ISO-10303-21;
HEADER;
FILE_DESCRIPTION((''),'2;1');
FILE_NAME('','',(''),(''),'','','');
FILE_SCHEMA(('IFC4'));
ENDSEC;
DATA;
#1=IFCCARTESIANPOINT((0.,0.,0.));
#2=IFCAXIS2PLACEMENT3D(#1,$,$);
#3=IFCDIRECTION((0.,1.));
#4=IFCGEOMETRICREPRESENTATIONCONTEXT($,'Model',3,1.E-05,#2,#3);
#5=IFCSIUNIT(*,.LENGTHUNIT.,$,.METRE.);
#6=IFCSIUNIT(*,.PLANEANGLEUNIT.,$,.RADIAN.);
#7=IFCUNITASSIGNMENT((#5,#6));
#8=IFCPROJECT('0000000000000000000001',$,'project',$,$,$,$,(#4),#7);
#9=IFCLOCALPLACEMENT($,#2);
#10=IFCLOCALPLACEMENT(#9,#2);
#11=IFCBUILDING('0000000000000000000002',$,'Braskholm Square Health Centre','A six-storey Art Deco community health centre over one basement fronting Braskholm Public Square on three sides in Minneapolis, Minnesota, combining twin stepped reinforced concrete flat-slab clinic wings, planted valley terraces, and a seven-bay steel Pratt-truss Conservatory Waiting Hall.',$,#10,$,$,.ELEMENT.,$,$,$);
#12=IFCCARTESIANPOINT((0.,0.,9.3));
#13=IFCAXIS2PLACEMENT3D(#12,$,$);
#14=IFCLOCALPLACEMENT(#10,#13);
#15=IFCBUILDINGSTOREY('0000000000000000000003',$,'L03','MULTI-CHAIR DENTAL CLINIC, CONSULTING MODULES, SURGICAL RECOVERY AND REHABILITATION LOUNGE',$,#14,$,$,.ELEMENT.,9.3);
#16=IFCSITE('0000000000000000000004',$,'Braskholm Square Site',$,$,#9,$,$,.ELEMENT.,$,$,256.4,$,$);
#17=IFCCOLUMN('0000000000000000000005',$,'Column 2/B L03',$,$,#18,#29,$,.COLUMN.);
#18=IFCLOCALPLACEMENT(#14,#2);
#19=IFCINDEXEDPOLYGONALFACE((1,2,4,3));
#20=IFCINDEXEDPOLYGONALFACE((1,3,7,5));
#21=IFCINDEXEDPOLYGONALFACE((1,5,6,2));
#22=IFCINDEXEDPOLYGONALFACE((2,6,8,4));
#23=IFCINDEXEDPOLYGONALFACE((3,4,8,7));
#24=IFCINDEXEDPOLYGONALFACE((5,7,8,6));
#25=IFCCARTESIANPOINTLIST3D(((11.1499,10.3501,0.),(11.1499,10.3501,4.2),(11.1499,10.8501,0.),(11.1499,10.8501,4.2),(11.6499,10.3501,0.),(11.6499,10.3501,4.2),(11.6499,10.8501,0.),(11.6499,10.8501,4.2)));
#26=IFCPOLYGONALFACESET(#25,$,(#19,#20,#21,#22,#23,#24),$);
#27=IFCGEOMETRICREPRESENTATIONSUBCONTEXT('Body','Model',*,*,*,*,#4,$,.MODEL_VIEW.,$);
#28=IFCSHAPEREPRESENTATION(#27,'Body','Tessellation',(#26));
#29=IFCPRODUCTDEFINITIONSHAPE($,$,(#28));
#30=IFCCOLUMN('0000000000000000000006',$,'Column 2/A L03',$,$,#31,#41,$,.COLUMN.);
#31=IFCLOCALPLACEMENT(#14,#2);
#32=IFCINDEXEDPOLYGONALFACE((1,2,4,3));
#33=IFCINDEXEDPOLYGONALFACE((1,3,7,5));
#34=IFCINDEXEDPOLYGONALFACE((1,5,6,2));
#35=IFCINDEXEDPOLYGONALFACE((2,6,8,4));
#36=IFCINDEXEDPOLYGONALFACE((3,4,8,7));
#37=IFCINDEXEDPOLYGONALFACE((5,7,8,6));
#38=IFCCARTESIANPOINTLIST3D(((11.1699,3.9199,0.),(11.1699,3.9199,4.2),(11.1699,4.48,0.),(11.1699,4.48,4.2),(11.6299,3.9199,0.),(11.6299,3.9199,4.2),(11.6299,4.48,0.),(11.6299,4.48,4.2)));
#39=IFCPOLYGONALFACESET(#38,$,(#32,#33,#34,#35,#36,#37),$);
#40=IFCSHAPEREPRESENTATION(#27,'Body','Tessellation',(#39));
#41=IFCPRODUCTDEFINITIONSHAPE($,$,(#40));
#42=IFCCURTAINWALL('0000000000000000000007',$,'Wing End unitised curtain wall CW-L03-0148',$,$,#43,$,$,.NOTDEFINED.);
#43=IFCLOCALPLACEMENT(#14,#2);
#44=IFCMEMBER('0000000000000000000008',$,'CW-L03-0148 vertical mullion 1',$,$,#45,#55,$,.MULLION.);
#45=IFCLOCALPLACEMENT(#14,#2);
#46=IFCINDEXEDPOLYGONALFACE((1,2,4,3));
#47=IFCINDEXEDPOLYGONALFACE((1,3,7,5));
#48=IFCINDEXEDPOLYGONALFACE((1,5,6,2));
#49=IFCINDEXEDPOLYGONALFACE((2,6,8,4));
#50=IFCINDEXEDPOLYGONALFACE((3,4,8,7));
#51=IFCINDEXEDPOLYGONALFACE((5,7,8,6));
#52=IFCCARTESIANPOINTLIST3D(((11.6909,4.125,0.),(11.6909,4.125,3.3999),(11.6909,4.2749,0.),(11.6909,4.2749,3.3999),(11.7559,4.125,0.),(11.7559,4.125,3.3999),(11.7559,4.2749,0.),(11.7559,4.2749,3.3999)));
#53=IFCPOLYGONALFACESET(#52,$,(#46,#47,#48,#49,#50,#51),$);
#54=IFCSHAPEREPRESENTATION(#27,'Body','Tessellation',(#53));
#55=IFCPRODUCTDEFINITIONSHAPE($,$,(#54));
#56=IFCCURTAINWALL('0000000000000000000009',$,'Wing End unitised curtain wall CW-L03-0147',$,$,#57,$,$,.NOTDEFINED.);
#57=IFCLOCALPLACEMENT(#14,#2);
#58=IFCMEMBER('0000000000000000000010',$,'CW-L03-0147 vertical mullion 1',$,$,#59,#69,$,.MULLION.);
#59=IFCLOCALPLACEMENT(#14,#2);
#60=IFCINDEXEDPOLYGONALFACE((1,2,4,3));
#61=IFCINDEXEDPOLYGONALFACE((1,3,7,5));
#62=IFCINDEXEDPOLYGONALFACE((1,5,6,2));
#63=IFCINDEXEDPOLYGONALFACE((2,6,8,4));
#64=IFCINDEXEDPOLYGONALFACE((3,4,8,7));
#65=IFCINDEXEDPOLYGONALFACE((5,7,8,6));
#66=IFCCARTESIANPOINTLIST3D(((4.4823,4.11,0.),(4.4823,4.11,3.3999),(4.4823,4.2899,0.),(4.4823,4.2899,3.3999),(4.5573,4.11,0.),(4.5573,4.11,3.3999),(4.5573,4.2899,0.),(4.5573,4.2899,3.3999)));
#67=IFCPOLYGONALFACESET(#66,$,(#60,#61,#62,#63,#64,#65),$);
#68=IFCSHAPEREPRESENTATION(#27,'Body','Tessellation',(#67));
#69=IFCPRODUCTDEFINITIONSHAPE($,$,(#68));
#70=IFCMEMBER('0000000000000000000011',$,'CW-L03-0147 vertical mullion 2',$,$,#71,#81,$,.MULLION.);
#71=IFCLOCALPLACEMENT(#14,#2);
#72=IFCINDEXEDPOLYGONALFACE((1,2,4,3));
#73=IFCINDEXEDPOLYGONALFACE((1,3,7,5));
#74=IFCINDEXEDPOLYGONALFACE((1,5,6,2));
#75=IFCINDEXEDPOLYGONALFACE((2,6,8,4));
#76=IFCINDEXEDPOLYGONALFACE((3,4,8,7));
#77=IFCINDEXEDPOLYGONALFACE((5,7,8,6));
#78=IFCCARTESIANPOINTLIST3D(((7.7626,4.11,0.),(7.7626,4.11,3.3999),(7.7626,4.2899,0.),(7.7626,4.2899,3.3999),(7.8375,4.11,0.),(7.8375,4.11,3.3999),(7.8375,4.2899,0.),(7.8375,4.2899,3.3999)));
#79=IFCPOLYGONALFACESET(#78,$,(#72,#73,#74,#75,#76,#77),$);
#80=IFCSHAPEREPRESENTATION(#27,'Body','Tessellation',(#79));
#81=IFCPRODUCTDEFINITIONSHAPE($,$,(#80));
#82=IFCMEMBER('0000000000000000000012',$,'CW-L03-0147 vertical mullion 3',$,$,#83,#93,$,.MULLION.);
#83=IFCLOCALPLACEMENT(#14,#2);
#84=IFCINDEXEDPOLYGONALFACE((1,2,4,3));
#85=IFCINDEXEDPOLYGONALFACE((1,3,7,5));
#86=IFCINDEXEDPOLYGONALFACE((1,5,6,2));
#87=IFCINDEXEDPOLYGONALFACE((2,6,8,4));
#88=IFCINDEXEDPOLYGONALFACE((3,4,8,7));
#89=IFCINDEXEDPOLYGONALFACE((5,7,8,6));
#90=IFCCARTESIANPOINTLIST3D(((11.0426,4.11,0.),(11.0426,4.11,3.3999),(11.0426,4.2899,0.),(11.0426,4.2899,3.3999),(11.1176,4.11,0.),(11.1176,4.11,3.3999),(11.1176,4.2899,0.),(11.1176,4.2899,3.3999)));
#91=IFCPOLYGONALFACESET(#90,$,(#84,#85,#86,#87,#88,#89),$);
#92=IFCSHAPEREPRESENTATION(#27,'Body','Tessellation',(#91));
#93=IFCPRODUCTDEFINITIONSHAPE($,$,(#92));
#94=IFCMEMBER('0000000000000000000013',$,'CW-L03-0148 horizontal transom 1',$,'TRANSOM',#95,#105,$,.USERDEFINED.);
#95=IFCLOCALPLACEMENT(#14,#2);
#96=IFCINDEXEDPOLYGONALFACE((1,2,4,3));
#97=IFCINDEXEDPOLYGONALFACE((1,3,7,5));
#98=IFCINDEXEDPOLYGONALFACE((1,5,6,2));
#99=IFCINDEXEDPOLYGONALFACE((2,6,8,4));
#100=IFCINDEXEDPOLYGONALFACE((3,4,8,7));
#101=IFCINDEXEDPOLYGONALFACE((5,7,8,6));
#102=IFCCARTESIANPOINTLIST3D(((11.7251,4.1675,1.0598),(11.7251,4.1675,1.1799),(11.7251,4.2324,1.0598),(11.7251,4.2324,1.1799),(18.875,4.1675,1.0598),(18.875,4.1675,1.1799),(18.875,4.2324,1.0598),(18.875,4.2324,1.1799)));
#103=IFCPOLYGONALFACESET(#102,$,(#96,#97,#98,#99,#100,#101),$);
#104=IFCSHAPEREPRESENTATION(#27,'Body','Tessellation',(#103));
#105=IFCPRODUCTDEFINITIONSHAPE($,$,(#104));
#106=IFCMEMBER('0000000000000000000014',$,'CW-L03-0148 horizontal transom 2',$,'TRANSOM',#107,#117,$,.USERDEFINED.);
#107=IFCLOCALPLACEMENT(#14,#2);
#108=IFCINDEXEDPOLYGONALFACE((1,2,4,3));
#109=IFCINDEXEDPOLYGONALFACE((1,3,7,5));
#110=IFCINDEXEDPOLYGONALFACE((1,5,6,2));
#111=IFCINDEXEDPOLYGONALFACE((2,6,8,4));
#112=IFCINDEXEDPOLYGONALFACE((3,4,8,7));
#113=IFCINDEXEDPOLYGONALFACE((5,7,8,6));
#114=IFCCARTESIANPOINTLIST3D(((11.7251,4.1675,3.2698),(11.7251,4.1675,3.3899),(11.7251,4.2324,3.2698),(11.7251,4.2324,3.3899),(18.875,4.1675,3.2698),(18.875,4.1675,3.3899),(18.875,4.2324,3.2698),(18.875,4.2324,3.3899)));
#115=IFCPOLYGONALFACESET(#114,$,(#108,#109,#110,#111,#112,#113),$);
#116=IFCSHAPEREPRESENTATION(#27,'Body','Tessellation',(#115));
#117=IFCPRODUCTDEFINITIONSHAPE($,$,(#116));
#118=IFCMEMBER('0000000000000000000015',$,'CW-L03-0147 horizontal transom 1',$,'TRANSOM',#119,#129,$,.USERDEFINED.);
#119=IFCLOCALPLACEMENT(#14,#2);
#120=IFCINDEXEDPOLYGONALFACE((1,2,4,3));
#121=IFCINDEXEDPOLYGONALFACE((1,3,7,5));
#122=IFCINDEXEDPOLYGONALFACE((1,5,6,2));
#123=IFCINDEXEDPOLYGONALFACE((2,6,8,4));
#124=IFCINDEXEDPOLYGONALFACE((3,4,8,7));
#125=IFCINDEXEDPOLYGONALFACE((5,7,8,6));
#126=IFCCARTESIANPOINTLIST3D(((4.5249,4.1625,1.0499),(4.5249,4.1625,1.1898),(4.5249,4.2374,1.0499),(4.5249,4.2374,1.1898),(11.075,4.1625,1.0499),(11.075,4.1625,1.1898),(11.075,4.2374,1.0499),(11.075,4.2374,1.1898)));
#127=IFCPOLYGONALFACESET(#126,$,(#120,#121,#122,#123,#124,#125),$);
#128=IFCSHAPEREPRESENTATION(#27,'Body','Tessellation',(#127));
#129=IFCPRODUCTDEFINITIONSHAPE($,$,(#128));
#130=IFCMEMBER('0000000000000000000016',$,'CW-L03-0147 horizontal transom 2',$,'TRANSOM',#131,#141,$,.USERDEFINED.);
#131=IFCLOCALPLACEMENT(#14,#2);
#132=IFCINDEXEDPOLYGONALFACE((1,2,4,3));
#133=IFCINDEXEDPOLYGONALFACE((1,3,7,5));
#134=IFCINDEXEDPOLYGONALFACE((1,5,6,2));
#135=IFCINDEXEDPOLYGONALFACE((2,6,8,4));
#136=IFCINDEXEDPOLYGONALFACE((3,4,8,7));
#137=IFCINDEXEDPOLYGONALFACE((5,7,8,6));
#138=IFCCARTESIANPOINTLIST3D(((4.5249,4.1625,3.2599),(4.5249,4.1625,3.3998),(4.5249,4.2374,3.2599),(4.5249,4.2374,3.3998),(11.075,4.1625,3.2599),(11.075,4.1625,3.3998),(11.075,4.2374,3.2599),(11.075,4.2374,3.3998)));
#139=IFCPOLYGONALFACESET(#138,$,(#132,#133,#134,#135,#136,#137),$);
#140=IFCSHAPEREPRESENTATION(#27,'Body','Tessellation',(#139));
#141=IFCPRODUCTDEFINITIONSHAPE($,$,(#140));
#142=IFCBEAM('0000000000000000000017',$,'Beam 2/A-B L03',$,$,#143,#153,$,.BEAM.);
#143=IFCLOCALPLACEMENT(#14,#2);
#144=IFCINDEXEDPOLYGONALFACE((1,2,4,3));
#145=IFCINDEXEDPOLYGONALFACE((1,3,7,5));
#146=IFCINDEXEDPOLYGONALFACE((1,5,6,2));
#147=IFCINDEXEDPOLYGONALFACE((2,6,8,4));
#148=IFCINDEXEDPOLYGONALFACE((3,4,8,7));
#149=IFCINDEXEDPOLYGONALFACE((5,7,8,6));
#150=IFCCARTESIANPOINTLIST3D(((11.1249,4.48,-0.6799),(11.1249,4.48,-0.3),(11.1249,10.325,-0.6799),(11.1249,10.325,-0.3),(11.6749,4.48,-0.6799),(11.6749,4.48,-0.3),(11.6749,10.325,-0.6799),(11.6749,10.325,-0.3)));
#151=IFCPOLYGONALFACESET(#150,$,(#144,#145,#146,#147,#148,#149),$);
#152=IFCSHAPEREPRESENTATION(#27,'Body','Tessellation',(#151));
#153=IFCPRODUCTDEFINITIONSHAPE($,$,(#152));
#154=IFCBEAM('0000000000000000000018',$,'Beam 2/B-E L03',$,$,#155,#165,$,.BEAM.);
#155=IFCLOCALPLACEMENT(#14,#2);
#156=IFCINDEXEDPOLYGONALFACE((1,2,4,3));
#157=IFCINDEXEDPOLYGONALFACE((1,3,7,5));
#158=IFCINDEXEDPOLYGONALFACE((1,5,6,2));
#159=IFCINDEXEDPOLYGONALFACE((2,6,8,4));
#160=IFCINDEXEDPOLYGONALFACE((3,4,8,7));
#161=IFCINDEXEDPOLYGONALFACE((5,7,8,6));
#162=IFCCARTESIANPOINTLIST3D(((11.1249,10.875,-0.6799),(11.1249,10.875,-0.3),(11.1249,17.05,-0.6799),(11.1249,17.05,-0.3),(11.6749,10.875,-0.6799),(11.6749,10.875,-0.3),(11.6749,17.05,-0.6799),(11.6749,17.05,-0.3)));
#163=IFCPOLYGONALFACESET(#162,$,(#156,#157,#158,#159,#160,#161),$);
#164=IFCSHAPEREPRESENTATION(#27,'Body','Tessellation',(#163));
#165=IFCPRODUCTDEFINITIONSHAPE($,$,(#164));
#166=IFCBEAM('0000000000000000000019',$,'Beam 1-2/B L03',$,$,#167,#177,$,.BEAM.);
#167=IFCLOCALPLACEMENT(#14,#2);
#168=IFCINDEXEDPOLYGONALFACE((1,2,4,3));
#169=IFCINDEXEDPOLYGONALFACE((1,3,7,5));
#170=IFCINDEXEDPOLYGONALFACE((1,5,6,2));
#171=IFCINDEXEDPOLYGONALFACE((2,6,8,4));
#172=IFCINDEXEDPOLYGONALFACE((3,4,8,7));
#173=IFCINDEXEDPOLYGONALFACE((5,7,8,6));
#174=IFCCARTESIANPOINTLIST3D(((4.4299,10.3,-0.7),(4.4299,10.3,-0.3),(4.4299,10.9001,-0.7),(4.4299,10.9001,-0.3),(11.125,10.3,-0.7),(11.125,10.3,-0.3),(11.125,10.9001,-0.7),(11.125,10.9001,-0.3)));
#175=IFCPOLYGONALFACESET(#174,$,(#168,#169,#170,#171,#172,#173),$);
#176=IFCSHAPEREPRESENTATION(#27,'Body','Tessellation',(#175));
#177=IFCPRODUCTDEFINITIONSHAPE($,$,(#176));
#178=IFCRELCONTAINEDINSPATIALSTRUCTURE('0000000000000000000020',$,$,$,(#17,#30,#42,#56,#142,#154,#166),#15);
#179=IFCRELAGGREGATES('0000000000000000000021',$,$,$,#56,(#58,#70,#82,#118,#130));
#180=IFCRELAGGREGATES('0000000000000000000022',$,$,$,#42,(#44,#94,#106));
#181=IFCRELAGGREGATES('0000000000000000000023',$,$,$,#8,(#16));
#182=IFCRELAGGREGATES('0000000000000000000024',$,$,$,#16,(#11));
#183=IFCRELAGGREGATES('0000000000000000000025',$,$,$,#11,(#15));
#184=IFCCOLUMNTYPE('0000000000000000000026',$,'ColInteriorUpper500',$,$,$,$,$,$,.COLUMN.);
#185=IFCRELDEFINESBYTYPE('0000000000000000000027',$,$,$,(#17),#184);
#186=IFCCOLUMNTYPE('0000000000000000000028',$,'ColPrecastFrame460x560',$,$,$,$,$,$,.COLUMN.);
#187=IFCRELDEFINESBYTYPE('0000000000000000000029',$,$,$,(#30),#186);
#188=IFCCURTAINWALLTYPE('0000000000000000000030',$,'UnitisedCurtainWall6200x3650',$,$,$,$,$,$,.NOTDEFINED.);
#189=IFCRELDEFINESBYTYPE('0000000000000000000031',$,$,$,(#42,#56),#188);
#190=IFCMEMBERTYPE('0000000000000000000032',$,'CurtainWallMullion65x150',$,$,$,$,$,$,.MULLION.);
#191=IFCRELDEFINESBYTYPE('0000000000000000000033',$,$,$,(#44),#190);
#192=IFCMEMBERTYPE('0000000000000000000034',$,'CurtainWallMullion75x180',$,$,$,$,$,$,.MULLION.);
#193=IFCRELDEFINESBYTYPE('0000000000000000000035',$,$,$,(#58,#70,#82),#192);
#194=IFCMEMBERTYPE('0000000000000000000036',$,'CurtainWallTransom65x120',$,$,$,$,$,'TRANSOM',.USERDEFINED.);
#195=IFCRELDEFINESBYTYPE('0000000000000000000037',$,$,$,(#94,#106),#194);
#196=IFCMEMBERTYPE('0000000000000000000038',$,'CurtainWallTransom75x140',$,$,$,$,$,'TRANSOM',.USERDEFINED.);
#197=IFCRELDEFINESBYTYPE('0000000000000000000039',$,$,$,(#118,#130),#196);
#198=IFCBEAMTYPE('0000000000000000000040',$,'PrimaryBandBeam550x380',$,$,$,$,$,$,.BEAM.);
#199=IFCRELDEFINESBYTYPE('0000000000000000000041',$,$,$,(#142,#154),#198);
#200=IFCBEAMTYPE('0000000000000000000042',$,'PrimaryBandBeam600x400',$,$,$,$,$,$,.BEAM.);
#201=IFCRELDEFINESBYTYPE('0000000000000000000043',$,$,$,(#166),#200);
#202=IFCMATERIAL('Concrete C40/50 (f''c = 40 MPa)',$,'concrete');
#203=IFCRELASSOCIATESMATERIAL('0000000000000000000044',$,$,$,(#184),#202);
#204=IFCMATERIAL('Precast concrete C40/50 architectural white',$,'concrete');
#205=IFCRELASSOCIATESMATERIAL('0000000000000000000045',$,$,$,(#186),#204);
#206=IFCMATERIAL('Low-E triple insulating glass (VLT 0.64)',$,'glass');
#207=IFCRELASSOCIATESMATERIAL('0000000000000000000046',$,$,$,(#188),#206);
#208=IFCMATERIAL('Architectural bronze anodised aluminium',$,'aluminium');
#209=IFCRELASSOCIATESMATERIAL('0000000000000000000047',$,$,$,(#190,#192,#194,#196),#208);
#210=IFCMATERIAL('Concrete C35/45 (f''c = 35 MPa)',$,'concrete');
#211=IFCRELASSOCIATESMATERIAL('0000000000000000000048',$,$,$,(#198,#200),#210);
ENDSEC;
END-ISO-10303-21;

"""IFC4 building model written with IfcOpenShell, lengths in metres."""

from ifc_helpers import new_model, si_unit, direction, frame, origin, origin_2d, place, context, subcontext, project, spatial, rectangle, extrude, material, material_profile, profile_set, type_object, element, aggregate, save


model = new_model("IFC4")

# Units and contexts
model_context = context("Model", 3, precision=1e-05, world=origin(), true_north=direction((0.0, 1.0)))
body_context = subcontext(model_context, "Body", "Model", "MODEL_VIEW")
ifc_project = project(units=[si_unit("LENGTHUNIT", "METRE"), si_unit("PLANEANGLEUNIT", "RADIAN")], contexts=[model_context])

# Site, building, storey
site_placement = place(None, origin())
site = spatial("IfcSite", under=ifc_project, at=site_placement, Name="Braskholm Square Site", CompositionType="ELEMENT", RefElevation=256.4)
building_placement = place(site_placement, origin())
building = spatial("IfcBuilding", under=site, at=building_placement, Name="Braskholm Square Health Centre", Description="A six-storey Art Deco community health centre over one basement fronting Braskholm Public Square on three sides in Minneapolis, Minnesota, combining twin stepped reinforced concrete flat-slab clinic wings, planted valley terraces, and a seven-bay steel Pratt-truss Conservatory Waiting Hall.", CompositionType="ELEMENT")
storey_placement = place(building_placement, frame((0.0, 0.0, 9.3)))
storey = spatial("IfcBuildingStorey", under=building, at=storey_placement, Name="L03", Description="MULTI-CHAIR DENTAL CLINIC, CONSULTING MODULES, SURGICAL RECOVERY AND REHABILITATION LOUNGE", CompositionType="ELEMENT", Elevation=9.3)

# Columns
ifc_material_1 = material(Name="Concrete C40/50 (f'c = 40 MPa)", Category="concrete")
ifc_material_profile_1 = material_profile(ifc_material_1, rectangle(XDim=0.5, YDim=0.5, at=origin_2d()), Name="RC-500X500")
ifc_profile_set_1 = profile_set([ifc_material_profile_1], Name="Concrete C40/50 (f'c = 40 MPa)")
column_type_1 = type_object("IfcColumnType", Name="ColInteriorUpper500", PredefinedType="COLUMN", material=ifc_profile_set_1)
column_1_placement = place(storey_placement, frame((11.3999, 10.6001, 0.0), z_axis=(0.0, 0.0, 1.0), x_axis=(1.0, 0.0, 0.0)))
element("IfcColumn", 1, at=column_1_placement, inside=storey, type_object=column_type_1, Name="Column 2/B L03", PredefinedType="COLUMN", context=body_context, shape_type="SweptSolid", body=[
    extrude(rectangle(XDim=0.5, YDim=0.5, at=origin_2d()), origin(), (0.0, 0.0, 1.0), 4.2),
])
ifc_material_2 = material(Name="Precast concrete C40/50 architectural white", Category="concrete")
ifc_material_profile_2 = material_profile(ifc_material_2, rectangle(XDim=0.46, YDim=0.5601, at=origin_2d()), Name="RC-460X560")
ifc_profile_set_2 = profile_set([ifc_material_profile_2], Name="Precast concrete C40/50 architectural white")
column_type_2 = type_object("IfcColumnType", Name="ColPrecastFrame460x560", PredefinedType="COLUMN", material=ifc_profile_set_2)
column_2_placement = place(storey_placement, frame((11.3999, 4.2, 0.0), z_axis=(0.0, 0.0, 1.0), x_axis=(1.0, 0.0, 0.0)))
element("IfcColumn", 2, at=column_2_placement, inside=storey, type_object=column_type_2, Name="Column 2/A L03", PredefinedType="COLUMN", context=body_context, shape_type="SweptSolid", body=[
    extrude(rectangle(XDim=0.46, YDim=0.5601, at=origin_2d()), origin(), (0.0, 0.0, 1.0), 4.2),
])

# Curtain wall, member
ifc_material_3 = material(Name="Low-E triple insulating glass (VLT 0.64)", Category="glass")
curtain_wall_type = type_object("IfcCurtainWallType", Name="UnitisedCurtainWall6200x3650", PredefinedType="NOTDEFINED", material=ifc_material_3)
curtain_wall_1_placement = place(storey_placement, origin())
curtain_wall_1 = element("IfcCurtainWall", 3, at=curtain_wall_1_placement, inside=storey, type_object=curtain_wall_type, Name="Wing End unitised curtain wall CW-L03-0148", PredefinedType="NOTDEFINED")
ifc_material_4 = material(Name="Architectural bronze anodised aluminium", Category="aluminium")
ifc_material_profile_3 = material_profile(ifc_material_4, rectangle(XDim=0.0649, YDim=0.1499, at=origin_2d()), Name="ALU-65X150")
ifc_profile_set_3 = profile_set([ifc_material_profile_3], Name="Architectural bronze anodised aluminium")
member_type_1 = type_object("IfcMemberType", Name="CurtainWallMullion65x150", PredefinedType="MULLION", material=ifc_profile_set_3)
member_1_placement = place(storey_placement, frame((11.7234, 4.2, 0.0), z_axis=(0.0, 0.0, 1.0), x_axis=(1.0, 0.0, 0.0)))
member_1 = element("IfcMember", 4, at=member_1_placement, type_object=member_type_1, Name="CW-L03-0148 vertical mullion 1", PredefinedType="MULLION", context=body_context, shape_type="SweptSolid", body=[
    extrude(rectangle(XDim=0.0649, YDim=0.1499, at=origin_2d()), origin(), (0.0, 0.0, 1.0), 3.3999),
])

# Curtain wall, members
curtain_wall_2_placement = place(storey_placement, origin())
curtain_wall_2 = element("IfcCurtainWall", 5, at=curtain_wall_2_placement, inside=storey, type_object=curtain_wall_type, Name="Wing End unitised curtain wall CW-L03-0147", PredefinedType="NOTDEFINED")
ifc_material_profile_4 = material_profile(ifc_material_4, rectangle(XDim=0.075, YDim=0.1799, at=origin_2d()), Name="ALU-75X180")
ifc_profile_set_4 = profile_set([ifc_material_profile_4], Name="Architectural bronze anodised aluminium")
member_type_2 = type_object("IfcMemberType", Name="CurtainWallMullion75x180", PredefinedType="MULLION", material=ifc_profile_set_4)
member_2_placement = place(storey_placement, frame((4.5198, 4.2, 0.0), z_axis=(0.0, 0.0, 1.0), x_axis=(1.0, 0.0, 0.0)))
member_2 = element("IfcMember", 6, at=member_2_placement, type_object=member_type_2, Name="CW-L03-0147 vertical mullion 1", PredefinedType="MULLION", context=body_context, shape_type="SweptSolid", body=[
    extrude(rectangle(XDim=0.075, YDim=0.1799, at=origin_2d()), origin(), (0.0, 0.0, 1.0), 3.3999),
])
member_3_placement = place(storey_placement, frame((7.8, 4.2, 0.0), z_axis=(0.0, 0.0, 1.0), x_axis=(1.0, 0.0, 0.0)))
member_3 = element("IfcMember", 7, at=member_3_placement, type_object=member_type_2, Name="CW-L03-0147 vertical mullion 2", PredefinedType="MULLION", context=body_context, shape_type="SweptSolid", body=[
    extrude(rectangle(XDim=0.075, YDim=0.1799, at=origin_2d()), origin(), (0.0, 0.0, 1.0), 3.3999),
])
member_4_placement = place(storey_placement, frame((11.0801, 4.2, 0.0), z_axis=(0.0, 0.0, 1.0), x_axis=(1.0, 0.0, 0.0)))
member_4 = element("IfcMember", 8, at=member_4_placement, type_object=member_type_2, Name="CW-L03-0147 vertical mullion 3", PredefinedType="MULLION", context=body_context, shape_type="SweptSolid", body=[
    extrude(rectangle(XDim=0.075, YDim=0.1799, at=origin_2d()), origin(), (0.0, 0.0, 1.0), 3.3999),
])

# Members
ifc_material_profile_5 = material_profile(ifc_material_4, rectangle(XDim=0.0649, YDim=0.1201, at=origin_2d()), Name="ALU-65X120")
ifc_profile_set_5 = profile_set([ifc_material_profile_5], Name="Architectural bronze anodised aluminium")
member_type_3 = type_object("IfcMemberType", Name="CurtainWallTransom65x120", ElementType="TRANSOM", PredefinedType="USERDEFINED", material=ifc_profile_set_5)
member_5_placement = place(storey_placement, frame((11.7251, 4.2, 1.1199), z_axis=(1.0, 0.0, 0.0), x_axis=(0.0, 1.0, 0.0)))
member_5 = element("IfcMember", 9, at=member_5_placement, type_object=member_type_3, Name="CW-L03-0148 horizontal transom 1", ObjectType="TRANSOM", PredefinedType="USERDEFINED", context=body_context, shape_type="SweptSolid", body=[
    extrude(rectangle(XDim=0.0649, YDim=0.1201, at=origin_2d()), origin(), (0.0, 0.0, 1.0), 7.1499),
])
member_6_placement = place(storey_placement, frame((11.7251, 4.2, 3.3298), z_axis=(1.0, 0.0, 0.0), x_axis=(0.0, 1.0, 0.0)))
member_6 = element("IfcMember", 10, at=member_6_placement, type_object=member_type_3, Name="CW-L03-0148 horizontal transom 2", ObjectType="TRANSOM", PredefinedType="USERDEFINED", context=body_context, shape_type="SweptSolid", body=[
    extrude(rectangle(XDim=0.0649, YDim=0.1201, at=origin_2d()), origin(), (0.0, 0.0, 1.0), 7.1499),
])
ifc_material_profile_6 = material_profile(ifc_material_4, rectangle(XDim=0.075, YDim=0.1399, at=origin_2d()), Name="ALU-75X140")
ifc_profile_set_6 = profile_set([ifc_material_profile_6], Name="Architectural bronze anodised aluminium")
member_type_4 = type_object("IfcMemberType", Name="CurtainWallTransom75x140", ElementType="TRANSOM", PredefinedType="USERDEFINED", material=ifc_profile_set_6)
member_7_placement = place(storey_placement, frame((4.5249, 4.2, 1.1199), z_axis=(1.0, 0.0, 0.0), x_axis=(0.0, 1.0, 0.0)))
member_7 = element("IfcMember", 11, at=member_7_placement, type_object=member_type_4, Name="CW-L03-0147 horizontal transom 1", ObjectType="TRANSOM", PredefinedType="USERDEFINED", context=body_context, shape_type="SweptSolid", body=[
    extrude(rectangle(XDim=0.075, YDim=0.1399, at=origin_2d()), origin(), (0.0, 0.0, 1.0), 6.55),
])
member_8_placement = place(storey_placement, frame((4.5249, 4.2, 3.3298), z_axis=(1.0, 0.0, 0.0), x_axis=(0.0, 1.0, 0.0)))
member_8 = element("IfcMember", 12, at=member_8_placement, type_object=member_type_4, Name="CW-L03-0147 horizontal transom 2", ObjectType="TRANSOM", PredefinedType="USERDEFINED", context=body_context, shape_type="SweptSolid", body=[
    extrude(rectangle(XDim=0.075, YDim=0.1399, at=origin_2d()), origin(), (0.0, 0.0, 1.0), 6.55),
])

# Beams
ifc_material_5 = material(Name="Concrete C35/45 (f'c = 35 MPa)", Category="concrete")
ifc_material_profile_7 = material_profile(ifc_material_5, rectangle(XDim=0.55, YDim=0.3799, at=origin_2d()), Name="RCB-550X380")
ifc_profile_set_7 = profile_set([ifc_material_profile_7], Name="Concrete C35/45 (f'c = 35 MPa)")
beam_type_1 = type_object("IfcBeamType", Name="PrimaryBandBeam550x380", PredefinedType="BEAM", material=ifc_profile_set_7)
beam_1_placement = place(storey_placement, frame((11.3999, 4.48, -0.49), z_axis=(0.0, 1.0, 0.0), x_axis=(-1.0, 0.0, 0.0)))
element("IfcBeam", 13, at=beam_1_placement, inside=storey, type_object=beam_type_1, Name="Beam 2/A-B L03", PredefinedType="BEAM", context=body_context, shape_type="SweptSolid", body=[
    extrude(rectangle(XDim=0.55, YDim=0.3799, at=origin_2d()), origin(), (0.0, 0.0, 1.0), 5.845),
])
beam_2_placement = place(storey_placement, frame((11.3999, 10.875, -0.49), z_axis=(0.0, 1.0, 0.0), x_axis=(-1.0, 0.0, 0.0)))
element("IfcBeam", 14, at=beam_2_placement, inside=storey, type_object=beam_type_1, Name="Beam 2/B-E L03", PredefinedType="BEAM", context=body_context, shape_type="SweptSolid", body=[
    extrude(rectangle(XDim=0.55, YDim=0.3799, at=origin_2d()), origin(), (0.0, 0.0, 1.0), 6.175),
])
ifc_material_profile_8 = material_profile(ifc_material_5, rectangle(XDim=0.6001, YDim=0.3999, at=origin_2d()), Name="RCB-600X400")
ifc_profile_set_8 = profile_set([ifc_material_profile_8], Name="Concrete C35/45 (f'c = 35 MPa)")
beam_type_2 = type_object("IfcBeamType", Name="PrimaryBandBeam600x400", PredefinedType="BEAM", material=ifc_profile_set_8)
beam_3_placement = place(storey_placement, frame((4.4299, 10.6001, -0.5), z_axis=(1.0, 0.0, 0.0), x_axis=(0.0, 1.0, 0.0)))
element("IfcBeam", 15, at=beam_3_placement, inside=storey, type_object=beam_type_2, Name="Beam 1-2/B L03", PredefinedType="BEAM", context=body_context, shape_type="SweptSolid", body=[
    extrude(rectangle(XDim=0.6001, YDim=0.3999, at=origin_2d()), origin(), (0.0, 0.0, 1.0), 6.6951),
])

aggregate(curtain_wall_2, [member_2, member_3, member_4, member_7, member_8])
aggregate(curtain_wall_1, [member_1, member_5, member_6])

save(model, "model.ifc")
